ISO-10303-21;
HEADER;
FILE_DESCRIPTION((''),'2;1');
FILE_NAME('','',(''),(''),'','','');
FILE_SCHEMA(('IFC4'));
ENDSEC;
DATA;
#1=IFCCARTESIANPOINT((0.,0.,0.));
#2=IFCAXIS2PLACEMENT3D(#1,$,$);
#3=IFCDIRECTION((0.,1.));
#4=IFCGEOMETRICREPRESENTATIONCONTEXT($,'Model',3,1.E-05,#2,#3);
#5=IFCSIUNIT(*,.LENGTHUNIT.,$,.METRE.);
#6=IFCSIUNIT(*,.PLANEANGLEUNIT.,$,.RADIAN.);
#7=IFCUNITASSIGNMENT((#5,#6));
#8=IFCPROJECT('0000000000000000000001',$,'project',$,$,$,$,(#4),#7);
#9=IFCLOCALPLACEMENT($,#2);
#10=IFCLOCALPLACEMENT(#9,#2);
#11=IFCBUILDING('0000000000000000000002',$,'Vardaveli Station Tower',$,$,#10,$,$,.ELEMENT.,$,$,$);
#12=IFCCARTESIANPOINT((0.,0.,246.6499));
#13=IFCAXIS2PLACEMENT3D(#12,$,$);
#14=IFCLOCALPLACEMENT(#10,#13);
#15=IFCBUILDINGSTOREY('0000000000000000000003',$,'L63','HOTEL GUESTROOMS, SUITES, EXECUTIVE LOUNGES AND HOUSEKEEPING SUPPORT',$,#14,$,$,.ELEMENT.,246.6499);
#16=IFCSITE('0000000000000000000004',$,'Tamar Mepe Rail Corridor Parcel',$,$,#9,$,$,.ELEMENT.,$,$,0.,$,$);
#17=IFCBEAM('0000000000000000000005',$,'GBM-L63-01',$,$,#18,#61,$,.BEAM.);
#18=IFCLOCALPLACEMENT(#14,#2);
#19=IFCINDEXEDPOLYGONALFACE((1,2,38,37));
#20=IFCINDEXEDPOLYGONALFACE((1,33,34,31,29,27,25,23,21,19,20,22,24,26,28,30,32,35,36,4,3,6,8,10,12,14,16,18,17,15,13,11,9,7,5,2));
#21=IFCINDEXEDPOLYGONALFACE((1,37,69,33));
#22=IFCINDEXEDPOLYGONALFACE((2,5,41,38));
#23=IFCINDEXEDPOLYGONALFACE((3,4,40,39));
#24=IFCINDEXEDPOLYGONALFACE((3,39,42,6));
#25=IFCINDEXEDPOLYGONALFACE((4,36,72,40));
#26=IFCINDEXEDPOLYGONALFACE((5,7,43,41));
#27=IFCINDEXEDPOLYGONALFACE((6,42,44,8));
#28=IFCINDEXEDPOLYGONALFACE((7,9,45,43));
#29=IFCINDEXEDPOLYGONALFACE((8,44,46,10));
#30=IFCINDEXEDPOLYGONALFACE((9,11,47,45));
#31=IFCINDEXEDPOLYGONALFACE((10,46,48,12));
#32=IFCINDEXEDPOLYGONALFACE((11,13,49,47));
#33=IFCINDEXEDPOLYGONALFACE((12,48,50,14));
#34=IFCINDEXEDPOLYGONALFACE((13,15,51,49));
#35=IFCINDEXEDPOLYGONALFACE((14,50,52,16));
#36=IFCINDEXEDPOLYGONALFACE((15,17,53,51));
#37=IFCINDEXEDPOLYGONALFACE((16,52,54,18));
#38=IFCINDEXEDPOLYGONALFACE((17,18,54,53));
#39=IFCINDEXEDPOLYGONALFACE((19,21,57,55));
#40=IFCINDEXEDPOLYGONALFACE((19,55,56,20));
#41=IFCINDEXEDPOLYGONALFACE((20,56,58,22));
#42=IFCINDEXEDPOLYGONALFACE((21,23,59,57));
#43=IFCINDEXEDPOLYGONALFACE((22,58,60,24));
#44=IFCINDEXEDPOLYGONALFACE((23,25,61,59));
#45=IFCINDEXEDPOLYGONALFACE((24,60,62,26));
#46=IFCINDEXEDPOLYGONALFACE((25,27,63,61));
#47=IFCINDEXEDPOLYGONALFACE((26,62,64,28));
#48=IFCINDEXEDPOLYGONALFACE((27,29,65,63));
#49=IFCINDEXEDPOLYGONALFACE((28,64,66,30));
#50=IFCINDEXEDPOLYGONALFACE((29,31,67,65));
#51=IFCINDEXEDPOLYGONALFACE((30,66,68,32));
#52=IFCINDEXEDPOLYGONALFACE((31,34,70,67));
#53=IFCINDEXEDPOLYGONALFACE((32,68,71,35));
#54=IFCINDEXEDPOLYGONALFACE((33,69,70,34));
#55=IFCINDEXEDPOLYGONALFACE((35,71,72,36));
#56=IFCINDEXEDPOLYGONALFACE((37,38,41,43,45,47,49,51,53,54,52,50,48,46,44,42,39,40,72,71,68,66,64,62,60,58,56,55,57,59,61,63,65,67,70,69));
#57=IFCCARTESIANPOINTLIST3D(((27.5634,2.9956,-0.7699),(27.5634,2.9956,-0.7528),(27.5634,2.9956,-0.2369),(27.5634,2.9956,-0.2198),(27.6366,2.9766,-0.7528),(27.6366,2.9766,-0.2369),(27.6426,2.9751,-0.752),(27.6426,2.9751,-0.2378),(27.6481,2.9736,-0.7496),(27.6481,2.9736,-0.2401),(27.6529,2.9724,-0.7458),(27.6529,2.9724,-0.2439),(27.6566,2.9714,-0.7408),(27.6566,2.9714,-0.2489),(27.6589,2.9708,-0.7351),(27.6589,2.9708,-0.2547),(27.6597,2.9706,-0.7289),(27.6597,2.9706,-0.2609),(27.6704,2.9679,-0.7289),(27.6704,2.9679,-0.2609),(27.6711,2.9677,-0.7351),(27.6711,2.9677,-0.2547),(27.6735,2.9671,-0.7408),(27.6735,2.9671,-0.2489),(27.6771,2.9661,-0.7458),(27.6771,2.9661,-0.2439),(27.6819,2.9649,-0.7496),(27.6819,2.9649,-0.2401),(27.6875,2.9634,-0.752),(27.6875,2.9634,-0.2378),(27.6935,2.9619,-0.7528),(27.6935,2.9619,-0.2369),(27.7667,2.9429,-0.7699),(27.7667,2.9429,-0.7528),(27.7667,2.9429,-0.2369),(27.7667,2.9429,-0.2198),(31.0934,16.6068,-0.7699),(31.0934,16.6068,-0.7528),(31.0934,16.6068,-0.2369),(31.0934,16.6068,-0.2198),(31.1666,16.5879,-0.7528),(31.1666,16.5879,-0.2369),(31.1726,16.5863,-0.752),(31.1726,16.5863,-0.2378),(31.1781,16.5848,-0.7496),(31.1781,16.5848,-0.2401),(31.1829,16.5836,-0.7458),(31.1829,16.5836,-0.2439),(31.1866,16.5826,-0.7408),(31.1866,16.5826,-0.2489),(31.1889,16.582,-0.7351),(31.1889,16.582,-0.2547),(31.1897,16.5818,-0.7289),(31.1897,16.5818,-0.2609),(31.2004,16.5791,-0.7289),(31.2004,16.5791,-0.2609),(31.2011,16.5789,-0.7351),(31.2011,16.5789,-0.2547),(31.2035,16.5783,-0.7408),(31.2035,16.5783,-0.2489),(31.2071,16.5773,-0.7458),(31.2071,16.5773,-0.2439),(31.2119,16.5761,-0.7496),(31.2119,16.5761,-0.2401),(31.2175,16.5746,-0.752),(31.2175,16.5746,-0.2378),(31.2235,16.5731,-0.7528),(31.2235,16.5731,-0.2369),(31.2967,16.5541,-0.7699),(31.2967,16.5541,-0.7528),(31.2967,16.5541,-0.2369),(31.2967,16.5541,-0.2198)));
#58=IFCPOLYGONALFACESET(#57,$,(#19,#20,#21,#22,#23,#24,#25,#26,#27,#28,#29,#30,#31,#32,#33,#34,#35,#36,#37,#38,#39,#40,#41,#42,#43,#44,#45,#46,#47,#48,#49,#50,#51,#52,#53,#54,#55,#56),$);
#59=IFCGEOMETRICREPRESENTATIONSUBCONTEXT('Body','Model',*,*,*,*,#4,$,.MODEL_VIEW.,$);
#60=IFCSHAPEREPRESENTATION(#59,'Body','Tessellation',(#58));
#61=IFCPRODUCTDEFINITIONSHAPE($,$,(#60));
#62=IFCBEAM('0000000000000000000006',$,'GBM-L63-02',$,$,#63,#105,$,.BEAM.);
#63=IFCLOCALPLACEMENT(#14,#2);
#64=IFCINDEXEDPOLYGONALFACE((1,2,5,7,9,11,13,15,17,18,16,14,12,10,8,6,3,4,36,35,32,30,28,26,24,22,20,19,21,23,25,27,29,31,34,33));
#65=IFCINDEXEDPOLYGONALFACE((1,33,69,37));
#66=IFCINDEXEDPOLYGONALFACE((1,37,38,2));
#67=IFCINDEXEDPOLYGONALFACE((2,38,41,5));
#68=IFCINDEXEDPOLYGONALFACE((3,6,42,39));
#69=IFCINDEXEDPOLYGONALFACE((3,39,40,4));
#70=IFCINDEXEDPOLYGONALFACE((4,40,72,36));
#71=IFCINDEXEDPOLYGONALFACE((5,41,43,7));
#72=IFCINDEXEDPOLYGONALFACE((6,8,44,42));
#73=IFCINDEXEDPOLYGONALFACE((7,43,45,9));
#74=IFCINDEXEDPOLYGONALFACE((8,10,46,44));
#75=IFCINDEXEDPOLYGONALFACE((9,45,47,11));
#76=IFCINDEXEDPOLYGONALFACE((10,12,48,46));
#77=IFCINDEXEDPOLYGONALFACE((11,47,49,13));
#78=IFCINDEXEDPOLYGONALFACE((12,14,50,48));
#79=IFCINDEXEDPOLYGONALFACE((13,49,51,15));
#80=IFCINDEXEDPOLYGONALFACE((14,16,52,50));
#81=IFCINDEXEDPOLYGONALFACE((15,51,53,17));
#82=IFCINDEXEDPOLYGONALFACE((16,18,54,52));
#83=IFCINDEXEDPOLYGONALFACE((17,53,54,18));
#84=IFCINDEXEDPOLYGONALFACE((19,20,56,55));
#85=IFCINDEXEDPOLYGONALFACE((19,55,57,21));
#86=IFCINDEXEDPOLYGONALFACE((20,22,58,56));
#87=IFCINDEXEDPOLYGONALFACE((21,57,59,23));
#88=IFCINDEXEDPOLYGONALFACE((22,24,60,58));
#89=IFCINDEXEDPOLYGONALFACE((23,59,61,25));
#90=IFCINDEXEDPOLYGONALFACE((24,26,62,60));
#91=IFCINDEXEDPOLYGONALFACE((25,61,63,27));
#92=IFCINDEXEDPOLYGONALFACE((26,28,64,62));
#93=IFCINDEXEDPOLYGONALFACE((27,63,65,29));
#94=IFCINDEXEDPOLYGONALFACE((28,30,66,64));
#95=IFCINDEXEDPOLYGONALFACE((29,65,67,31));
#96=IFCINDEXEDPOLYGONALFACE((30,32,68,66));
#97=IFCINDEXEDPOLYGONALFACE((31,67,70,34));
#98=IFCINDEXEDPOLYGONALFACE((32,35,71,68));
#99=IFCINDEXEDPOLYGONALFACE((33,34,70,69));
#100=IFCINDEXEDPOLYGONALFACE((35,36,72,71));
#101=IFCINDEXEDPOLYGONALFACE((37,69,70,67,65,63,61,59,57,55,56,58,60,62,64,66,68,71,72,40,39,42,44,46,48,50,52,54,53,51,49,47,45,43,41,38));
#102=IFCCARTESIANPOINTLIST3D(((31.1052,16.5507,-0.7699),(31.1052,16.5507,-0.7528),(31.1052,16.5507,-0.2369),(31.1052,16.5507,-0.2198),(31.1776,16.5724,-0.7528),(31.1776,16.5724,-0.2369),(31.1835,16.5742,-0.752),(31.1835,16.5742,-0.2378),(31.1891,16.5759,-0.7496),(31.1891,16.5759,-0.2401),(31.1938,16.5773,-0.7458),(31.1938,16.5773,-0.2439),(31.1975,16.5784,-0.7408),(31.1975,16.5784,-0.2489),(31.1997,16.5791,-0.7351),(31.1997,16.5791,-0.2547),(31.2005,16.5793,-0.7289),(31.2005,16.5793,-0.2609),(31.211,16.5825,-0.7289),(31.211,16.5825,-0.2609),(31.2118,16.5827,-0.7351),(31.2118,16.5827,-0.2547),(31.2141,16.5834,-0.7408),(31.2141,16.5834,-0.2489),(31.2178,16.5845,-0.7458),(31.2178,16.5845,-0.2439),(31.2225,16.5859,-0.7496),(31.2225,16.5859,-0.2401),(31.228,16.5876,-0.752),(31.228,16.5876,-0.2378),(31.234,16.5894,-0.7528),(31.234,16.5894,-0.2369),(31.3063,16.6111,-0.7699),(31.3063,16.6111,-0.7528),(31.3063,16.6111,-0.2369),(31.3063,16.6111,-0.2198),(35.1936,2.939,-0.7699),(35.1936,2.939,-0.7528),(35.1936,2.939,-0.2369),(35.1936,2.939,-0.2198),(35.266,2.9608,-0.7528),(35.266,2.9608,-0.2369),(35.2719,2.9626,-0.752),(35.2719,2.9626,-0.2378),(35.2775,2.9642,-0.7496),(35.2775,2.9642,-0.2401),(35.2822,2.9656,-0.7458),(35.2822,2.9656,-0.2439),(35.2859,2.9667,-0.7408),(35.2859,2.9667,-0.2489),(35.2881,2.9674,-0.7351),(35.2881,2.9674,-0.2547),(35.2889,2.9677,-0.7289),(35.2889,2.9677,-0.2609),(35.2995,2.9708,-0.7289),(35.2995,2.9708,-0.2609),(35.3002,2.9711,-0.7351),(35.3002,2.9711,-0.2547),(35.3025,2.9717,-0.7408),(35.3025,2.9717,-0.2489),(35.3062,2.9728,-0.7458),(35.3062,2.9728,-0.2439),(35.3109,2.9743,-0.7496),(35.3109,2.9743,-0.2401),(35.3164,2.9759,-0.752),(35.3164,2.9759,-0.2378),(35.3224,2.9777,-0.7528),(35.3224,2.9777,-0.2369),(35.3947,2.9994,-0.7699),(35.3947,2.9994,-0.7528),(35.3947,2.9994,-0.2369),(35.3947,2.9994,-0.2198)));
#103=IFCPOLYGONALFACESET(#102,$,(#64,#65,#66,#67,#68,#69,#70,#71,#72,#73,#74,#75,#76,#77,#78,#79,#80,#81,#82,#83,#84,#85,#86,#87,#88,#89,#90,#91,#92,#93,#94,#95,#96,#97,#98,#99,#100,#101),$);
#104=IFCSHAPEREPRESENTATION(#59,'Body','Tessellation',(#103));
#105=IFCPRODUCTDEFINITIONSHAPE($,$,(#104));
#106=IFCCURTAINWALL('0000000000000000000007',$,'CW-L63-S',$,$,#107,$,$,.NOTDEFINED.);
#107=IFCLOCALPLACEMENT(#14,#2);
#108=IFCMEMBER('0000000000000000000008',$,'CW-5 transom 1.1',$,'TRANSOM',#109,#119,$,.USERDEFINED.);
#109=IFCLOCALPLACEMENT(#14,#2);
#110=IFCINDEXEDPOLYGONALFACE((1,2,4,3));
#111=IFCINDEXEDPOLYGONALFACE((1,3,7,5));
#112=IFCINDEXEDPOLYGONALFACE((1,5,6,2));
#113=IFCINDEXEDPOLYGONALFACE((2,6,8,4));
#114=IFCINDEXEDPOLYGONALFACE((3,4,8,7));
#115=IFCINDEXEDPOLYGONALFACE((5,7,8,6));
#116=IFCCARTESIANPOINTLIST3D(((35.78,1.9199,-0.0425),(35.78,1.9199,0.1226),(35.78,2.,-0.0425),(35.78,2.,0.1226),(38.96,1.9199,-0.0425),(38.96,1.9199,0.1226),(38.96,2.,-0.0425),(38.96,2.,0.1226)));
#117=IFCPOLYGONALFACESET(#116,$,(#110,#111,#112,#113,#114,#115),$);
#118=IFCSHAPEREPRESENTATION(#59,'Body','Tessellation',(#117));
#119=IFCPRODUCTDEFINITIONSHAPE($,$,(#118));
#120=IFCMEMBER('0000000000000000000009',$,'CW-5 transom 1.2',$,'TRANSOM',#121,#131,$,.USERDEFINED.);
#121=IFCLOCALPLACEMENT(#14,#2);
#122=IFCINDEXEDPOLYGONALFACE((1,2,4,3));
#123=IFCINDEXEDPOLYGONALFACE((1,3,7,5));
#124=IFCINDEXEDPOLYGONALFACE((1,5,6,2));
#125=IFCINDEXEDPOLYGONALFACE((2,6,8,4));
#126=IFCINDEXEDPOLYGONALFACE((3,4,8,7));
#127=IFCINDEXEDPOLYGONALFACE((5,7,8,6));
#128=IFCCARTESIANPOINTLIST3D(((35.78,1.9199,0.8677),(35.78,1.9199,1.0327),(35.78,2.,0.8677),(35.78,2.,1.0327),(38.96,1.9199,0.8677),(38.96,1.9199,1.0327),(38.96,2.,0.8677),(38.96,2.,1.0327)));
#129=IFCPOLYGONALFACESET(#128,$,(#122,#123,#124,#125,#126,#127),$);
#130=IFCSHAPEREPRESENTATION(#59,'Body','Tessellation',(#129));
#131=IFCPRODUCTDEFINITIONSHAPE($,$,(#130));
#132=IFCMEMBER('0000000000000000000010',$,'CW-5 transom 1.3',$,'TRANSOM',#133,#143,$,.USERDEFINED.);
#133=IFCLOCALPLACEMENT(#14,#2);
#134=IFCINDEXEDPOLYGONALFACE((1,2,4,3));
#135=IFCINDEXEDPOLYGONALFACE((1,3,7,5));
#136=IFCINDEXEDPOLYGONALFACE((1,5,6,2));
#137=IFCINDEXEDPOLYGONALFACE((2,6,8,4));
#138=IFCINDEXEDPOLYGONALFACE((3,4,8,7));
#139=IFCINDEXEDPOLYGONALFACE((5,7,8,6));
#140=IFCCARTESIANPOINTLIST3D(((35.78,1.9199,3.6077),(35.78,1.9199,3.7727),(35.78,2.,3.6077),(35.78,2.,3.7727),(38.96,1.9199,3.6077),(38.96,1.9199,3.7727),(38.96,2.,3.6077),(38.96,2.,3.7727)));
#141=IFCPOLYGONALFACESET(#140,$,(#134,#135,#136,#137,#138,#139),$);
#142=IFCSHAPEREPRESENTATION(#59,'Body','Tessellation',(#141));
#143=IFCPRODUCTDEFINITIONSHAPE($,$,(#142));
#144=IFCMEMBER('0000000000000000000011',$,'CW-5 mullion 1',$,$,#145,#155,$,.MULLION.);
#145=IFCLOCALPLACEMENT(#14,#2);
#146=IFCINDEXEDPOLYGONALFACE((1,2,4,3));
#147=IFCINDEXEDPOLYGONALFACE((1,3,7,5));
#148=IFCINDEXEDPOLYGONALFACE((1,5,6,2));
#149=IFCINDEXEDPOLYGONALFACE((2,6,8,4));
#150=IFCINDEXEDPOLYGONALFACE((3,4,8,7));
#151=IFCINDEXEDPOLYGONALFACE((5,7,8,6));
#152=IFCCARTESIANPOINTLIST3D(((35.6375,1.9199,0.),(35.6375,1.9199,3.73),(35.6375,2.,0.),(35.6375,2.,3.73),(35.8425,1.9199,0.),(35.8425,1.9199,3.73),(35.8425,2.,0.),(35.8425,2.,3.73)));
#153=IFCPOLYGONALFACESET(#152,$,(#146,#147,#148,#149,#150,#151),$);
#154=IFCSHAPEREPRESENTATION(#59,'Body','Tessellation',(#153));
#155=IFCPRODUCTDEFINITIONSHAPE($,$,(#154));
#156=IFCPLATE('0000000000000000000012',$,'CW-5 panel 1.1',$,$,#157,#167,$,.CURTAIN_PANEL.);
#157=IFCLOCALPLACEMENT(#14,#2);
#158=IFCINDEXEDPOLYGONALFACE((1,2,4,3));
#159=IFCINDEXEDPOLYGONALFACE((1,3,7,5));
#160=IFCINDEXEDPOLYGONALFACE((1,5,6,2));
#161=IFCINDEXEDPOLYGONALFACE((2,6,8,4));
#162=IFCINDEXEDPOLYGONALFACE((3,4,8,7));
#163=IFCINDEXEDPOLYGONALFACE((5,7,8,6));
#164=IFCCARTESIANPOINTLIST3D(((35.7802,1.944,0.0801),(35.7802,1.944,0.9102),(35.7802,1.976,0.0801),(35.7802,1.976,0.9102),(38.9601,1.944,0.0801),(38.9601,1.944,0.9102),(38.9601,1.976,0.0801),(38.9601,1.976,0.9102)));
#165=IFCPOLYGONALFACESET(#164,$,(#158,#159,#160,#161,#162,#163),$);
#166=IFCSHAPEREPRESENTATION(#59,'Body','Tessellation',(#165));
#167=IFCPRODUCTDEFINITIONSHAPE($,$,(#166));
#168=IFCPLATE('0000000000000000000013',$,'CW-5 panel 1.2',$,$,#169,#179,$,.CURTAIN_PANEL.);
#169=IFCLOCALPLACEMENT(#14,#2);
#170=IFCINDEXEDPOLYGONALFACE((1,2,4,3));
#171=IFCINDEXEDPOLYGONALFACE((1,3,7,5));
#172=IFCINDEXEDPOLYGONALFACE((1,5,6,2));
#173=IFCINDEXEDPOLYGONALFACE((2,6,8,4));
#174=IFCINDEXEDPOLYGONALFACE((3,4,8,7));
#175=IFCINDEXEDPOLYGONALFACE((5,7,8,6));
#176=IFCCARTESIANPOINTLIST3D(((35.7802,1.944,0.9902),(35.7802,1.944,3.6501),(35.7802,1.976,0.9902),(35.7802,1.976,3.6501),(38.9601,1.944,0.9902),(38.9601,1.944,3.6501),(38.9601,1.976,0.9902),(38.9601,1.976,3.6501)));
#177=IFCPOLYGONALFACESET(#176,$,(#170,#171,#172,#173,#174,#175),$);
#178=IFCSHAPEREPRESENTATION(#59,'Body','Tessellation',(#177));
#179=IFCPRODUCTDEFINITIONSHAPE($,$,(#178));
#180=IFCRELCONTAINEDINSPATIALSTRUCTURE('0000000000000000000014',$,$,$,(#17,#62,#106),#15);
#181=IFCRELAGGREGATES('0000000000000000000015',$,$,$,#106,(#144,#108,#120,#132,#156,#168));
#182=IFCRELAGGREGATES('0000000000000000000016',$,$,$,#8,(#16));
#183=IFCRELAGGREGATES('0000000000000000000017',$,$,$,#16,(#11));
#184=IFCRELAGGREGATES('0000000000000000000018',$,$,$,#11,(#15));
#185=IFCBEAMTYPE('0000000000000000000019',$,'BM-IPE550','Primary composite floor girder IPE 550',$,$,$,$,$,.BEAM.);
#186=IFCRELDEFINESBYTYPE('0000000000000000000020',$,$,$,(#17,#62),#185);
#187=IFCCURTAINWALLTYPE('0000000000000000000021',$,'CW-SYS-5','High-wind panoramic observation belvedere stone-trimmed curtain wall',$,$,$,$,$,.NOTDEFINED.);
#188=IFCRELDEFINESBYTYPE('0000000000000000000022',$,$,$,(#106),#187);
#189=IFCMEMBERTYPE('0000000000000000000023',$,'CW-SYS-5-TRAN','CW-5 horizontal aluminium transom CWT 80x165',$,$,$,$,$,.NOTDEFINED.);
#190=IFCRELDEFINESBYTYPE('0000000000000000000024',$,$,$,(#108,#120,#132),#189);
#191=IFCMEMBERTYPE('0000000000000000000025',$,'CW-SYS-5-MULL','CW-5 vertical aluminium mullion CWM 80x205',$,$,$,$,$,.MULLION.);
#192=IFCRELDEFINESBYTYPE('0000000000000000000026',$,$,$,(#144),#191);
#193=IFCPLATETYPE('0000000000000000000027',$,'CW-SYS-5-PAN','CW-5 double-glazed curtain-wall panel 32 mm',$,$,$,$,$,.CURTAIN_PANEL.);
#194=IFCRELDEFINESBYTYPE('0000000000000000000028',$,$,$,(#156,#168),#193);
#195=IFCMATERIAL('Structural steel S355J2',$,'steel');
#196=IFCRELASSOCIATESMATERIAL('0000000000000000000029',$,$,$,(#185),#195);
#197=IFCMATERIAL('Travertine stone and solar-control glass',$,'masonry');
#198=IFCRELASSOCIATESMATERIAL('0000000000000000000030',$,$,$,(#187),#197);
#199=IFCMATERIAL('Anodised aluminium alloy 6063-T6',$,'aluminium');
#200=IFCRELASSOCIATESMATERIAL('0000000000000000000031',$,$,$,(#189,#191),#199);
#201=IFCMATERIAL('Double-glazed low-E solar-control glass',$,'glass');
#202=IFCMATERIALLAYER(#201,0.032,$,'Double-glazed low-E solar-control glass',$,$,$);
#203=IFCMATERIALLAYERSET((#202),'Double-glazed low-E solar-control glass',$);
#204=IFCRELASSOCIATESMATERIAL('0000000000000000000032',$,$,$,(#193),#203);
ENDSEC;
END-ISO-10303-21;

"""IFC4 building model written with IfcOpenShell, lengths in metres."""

from ifc_helpers import new_model, si_unit, direction, frame, origin, origin_2d, place, context, subcontext, project, spatial, rectangle, i_section, extrude, source, transform, mapped, material, layer, layer_set, material_profile, profile_set, type_object, element, aggregate, save


model = new_model("IFC4")

# Units and contexts
model_context = context("Model", 3, precision=1e-05, world=origin(), true_north=direction((0.0, 1.0)))
body_context = subcontext(model_context, "Body", "Model", "MODEL_VIEW")
ifc_project = project(units=[si_unit("LENGTHUNIT", "METRE"), si_unit("PLANEANGLEUNIT", "RADIAN")], contexts=[model_context])

# Site, building, storey
site_placement = place(None, origin())
site = spatial("IfcSite", under=ifc_project, at=site_placement, Name="Tamar Mepe Rail Corridor Parcel", CompositionType="ELEMENT", RefElevation=0.0)
building_placement = place(site_placement, origin())
building = spatial("IfcBuilding", under=site, at=building_placement, Name="Vardaveli Station Tower", CompositionType="ELEMENT")
storey_placement = place(building_placement, frame((0.0, 0.0, 246.6499)))
storey = spatial("IfcBuildingStorey", under=building, at=storey_placement, Name="L63", Description="HOTEL GUESTROOMS, SUITES, EXECUTIVE LOUNGES AND HOUSEKEEPING SUPPORT", CompositionType="ELEMENT", Elevation=246.6499)

# Beams
ifc_material_1 = material(Name="Structural steel S355J2", Category="steel")
ifc_material_profile_1 = material_profile(ifc_material_1, i_section(OverallWidth=0.21, OverallDepth=0.55, WebThickness=0.011, FlangeThickness=0.0171, FilletRadius=0.0239, at=origin_2d()), Name="IPE 550")
ifc_profile_set_1 = profile_set([ifc_material_profile_1], Name="Structural steel S355J2")
beam_type_1 = type_object("IfcBeamType", Name="BM-IPE550", Description="Primary composite floor girder IPE 550", PredefinedType="BEAM", material=ifc_profile_set_1)
shared_shape_1 = source(origin(), body_context, "Body", "SweptSolid", [
    extrude(i_section(OverallWidth=0.21, OverallDepth=0.55, WebThickness=0.011, FlangeThickness=0.0171, FilletRadius=0.0239, at=origin_2d()), origin(), (0.0, 0.0, 1.0), 14.0615),
])
beam_1_placement = place(storey_placement, frame((27.665, 2.9692, -0.4949), z_axis=(0.25104, 0.967977, 0.0), x_axis=(-0.967977, 0.25104, 0.0)))
element("IfcBeam", 1, at=beam_1_placement, inside=storey, type_object=beam_type_1, Name="GBM-L63-01", PredefinedType="BEAM", context=body_context, shape_type="MappedRepresentation", body=[
    mapped(shared_shape_1, transform((0.0, 0.0, 0.0), scale=1.0)),
])
shared_shape_2 = source(origin(), body_context, "Body", "SweptSolid", [
    extrude(i_section(OverallWidth=0.21, OverallDepth=0.55, WebThickness=0.011, FlangeThickness=0.0171, FilletRadius=0.0239, at=origin_2d()), origin(), (0.0, 0.0, 1.0), 14.2124),
])
beam_2_placement = place(storey_placement, frame((35.2942, 2.9692, -0.4949), z_axis=(-0.287665, 0.957731, 0.0), x_axis=(-0.957731, -0.287665, 0.0)))
element("IfcBeam", 2, at=beam_2_placement, inside=storey, type_object=beam_type_1, Name="GBM-L63-02", PredefinedType="BEAM", context=body_context, shape_type="MappedRepresentation", body=[
    mapped(shared_shape_2, transform((0.0, 0.0, 0.0), scale=1.0)),
])

# Curtain wall, members, plates
ifc_material_2 = material(Name="Travertine stone and solar-control glass", Category="masonry")
curtain_wall_type = type_object("IfcCurtainWallType", Name="CW-SYS-5", Description="High-wind panoramic observation belvedere stone-trimmed curtain wall", PredefinedType="NOTDEFINED", material=ifc_material_2)
curtain_wall_placement = place(storey_placement, origin())
curtain_wall = element("IfcCurtainWall", 3, at=curtain_wall_placement, inside=storey, type_object=curtain_wall_type, Name="CW-L63-S", PredefinedType="NOTDEFINED")
ifc_material_3 = material(Name="Anodised aluminium alloy 6063-T6", Category="aluminium")
ifc_material_profile_2 = material_profile(ifc_material_3, rectangle(XDim=0.0801, YDim=0.165, at=origin_2d()), Name="CWT 80x165")
ifc_profile_set_2 = profile_set([ifc_material_profile_2], Name="Anodised aluminium alloy 6063-T6")
member_type_1 = type_object("IfcMemberType", Name="CW-SYS-5-TRAN", Description="CW-5 horizontal aluminium transom CWT 80x165", PredefinedType="NOTDEFINED", material=ifc_profile_set_2)
shared_shape_3 = source(origin(), body_context, "Body", "SweptSolid", [
    extrude(rectangle(XDim=0.0801, YDim=0.165, at=origin_2d()), origin(), (0.0, 0.0, 1.0), 3.1799),
])
member_1_placement = place(storey_placement, frame((35.78, 1.96, 0.04), z_axis=(1.0, 0.0, 0.0), x_axis=(0.0, 1.0, 0.0)))
member_1 = element("IfcMember", 4, at=member_1_placement, type_object=member_type_1, Name="CW-5 transom 1.1", ObjectType="TRANSOM", PredefinedType="USERDEFINED", context=body_context, shape_type="MappedRepresentation", body=[
    mapped(shared_shape_3, transform((0.0, 0.0, 0.0), scale=1.0)),
])
member_2_placement = place(storey_placement, frame((35.78, 1.96, 0.9502), z_axis=(1.0, 0.0, 0.0), x_axis=(0.0, 1.0, 0.0)))
member_2 = element("IfcMember", 5, at=member_2_placement, type_object=member_type_1, Name="CW-5 transom 1.2", ObjectType="TRANSOM", PredefinedType="USERDEFINED", context=body_context, shape_type="MappedRepresentation", body=[
    mapped(shared_shape_3, transform((0.0, 0.0, 0.0), scale=1.0)),
])
member_3_placement = place(storey_placement, frame((35.78, 1.96, 3.6902), z_axis=(1.0, 0.0, 0.0), x_axis=(0.0, 1.0, 0.0)))
member_3 = element("IfcMember", 6, at=member_3_placement, type_object=member_type_1, Name="CW-5 transom 1.3", ObjectType="TRANSOM", PredefinedType="USERDEFINED", context=body_context, shape_type="MappedRepresentation", body=[
    mapped(shared_shape_3, transform((0.0, 0.0, 0.0), scale=1.0)),
])
ifc_material_profile_3 = material_profile(ifc_material_3, rectangle(XDim=0.0801, YDim=0.2051, at=origin_2d()), Name="CWM 80x205")
ifc_profile_set_3 = profile_set([ifc_material_profile_3], Name="Anodised aluminium alloy 6063-T6")
member_type_2 = type_object("IfcMemberType", Name="CW-SYS-5-MULL", Description="CW-5 vertical aluminium mullion CWM 80x205", PredefinedType="MULLION", material=ifc_profile_set_3)
shared_shape_4 = source(origin(), body_context, "Body", "SweptSolid", [
    extrude(rectangle(XDim=0.0801, YDim=0.2051, at=origin_2d()), origin(), (0.0, 0.0, 1.0), 3.73),
])
member_4_placement = place(storey_placement, frame((35.74, 1.96, 0.0), z_axis=(0.0, 0.0, 1.0), x_axis=(0.0, 1.0, 0.0)))
member_4 = element("IfcMember", 7, at=member_4_placement, type_object=member_type_2, Name="CW-5 mullion 1", PredefinedType="MULLION", context=body_context, shape_type="MappedRepresentation", body=[
    mapped(shared_shape_4, transform((0.0, 0.0, 0.0), scale=1.0)),
])
ifc_material_4 = material(Name="Double-glazed low-E solar-control glass", Category="glass")
ifc_layer_1 = layer(ifc_material_4, 0.032, Name="Double-glazed low-E solar-control glass")
ifc_layer_set_1 = layer_set([ifc_layer_1], Name="Double-glazed low-E solar-control glass")
plate_type = type_object("IfcPlateType", Name="CW-SYS-5-PAN", Description="CW-5 double-glazed curtain-wall panel 32 mm", PredefinedType="CURTAIN_PANEL", material=ifc_layer_set_1)
shared_shape_5 = source(origin(), body_context, "Body", "SweptSolid", [
    extrude(rectangle(XDim=3.1799, YDim=0.032, at=origin_2d()), origin(), (0.0, 0.0, 1.0), 0.8301),
])
plate_1_placement = place(storey_placement, frame((37.3701, 1.96, 0.0801), z_axis=(0.0, 0.0, 1.0), x_axis=(1.0, 0.0, 0.0)))
plate_1 = element("IfcPlate", 8, at=plate_1_placement, type_object=plate_type, Name="CW-5 panel 1.1", PredefinedType="CURTAIN_PANEL", context=body_context, shape_type="MappedRepresentation", body=[
    mapped(shared_shape_5, transform((0.0, 0.0, 0.0), scale=1.0)),
])
shared_shape_6 = source(origin(), body_context, "Body", "SweptSolid", [
    extrude(rectangle(XDim=3.1799, YDim=0.032, at=origin_2d()), origin(), (0.0, 0.0, 1.0), 2.6599),
])
plate_2_placement = place(storey_placement, frame((37.3701, 1.96, 0.9902), z_axis=(0.0, 0.0, 1.0), x_axis=(1.0, 0.0, 0.0)))
plate_2 = element("IfcPlate", 9, at=plate_2_placement, type_object=plate_type, Name="CW-5 panel 1.2", PredefinedType="CURTAIN_PANEL", context=body_context, shape_type="MappedRepresentation", body=[
    mapped(shared_shape_6, transform((0.0, 0.0, 0.0), scale=1.0)),
])
aggregate(curtain_wall, [member_4, member_1, member_2, member_3, plate_1, plate_2])

save(model, "model.ifc")
